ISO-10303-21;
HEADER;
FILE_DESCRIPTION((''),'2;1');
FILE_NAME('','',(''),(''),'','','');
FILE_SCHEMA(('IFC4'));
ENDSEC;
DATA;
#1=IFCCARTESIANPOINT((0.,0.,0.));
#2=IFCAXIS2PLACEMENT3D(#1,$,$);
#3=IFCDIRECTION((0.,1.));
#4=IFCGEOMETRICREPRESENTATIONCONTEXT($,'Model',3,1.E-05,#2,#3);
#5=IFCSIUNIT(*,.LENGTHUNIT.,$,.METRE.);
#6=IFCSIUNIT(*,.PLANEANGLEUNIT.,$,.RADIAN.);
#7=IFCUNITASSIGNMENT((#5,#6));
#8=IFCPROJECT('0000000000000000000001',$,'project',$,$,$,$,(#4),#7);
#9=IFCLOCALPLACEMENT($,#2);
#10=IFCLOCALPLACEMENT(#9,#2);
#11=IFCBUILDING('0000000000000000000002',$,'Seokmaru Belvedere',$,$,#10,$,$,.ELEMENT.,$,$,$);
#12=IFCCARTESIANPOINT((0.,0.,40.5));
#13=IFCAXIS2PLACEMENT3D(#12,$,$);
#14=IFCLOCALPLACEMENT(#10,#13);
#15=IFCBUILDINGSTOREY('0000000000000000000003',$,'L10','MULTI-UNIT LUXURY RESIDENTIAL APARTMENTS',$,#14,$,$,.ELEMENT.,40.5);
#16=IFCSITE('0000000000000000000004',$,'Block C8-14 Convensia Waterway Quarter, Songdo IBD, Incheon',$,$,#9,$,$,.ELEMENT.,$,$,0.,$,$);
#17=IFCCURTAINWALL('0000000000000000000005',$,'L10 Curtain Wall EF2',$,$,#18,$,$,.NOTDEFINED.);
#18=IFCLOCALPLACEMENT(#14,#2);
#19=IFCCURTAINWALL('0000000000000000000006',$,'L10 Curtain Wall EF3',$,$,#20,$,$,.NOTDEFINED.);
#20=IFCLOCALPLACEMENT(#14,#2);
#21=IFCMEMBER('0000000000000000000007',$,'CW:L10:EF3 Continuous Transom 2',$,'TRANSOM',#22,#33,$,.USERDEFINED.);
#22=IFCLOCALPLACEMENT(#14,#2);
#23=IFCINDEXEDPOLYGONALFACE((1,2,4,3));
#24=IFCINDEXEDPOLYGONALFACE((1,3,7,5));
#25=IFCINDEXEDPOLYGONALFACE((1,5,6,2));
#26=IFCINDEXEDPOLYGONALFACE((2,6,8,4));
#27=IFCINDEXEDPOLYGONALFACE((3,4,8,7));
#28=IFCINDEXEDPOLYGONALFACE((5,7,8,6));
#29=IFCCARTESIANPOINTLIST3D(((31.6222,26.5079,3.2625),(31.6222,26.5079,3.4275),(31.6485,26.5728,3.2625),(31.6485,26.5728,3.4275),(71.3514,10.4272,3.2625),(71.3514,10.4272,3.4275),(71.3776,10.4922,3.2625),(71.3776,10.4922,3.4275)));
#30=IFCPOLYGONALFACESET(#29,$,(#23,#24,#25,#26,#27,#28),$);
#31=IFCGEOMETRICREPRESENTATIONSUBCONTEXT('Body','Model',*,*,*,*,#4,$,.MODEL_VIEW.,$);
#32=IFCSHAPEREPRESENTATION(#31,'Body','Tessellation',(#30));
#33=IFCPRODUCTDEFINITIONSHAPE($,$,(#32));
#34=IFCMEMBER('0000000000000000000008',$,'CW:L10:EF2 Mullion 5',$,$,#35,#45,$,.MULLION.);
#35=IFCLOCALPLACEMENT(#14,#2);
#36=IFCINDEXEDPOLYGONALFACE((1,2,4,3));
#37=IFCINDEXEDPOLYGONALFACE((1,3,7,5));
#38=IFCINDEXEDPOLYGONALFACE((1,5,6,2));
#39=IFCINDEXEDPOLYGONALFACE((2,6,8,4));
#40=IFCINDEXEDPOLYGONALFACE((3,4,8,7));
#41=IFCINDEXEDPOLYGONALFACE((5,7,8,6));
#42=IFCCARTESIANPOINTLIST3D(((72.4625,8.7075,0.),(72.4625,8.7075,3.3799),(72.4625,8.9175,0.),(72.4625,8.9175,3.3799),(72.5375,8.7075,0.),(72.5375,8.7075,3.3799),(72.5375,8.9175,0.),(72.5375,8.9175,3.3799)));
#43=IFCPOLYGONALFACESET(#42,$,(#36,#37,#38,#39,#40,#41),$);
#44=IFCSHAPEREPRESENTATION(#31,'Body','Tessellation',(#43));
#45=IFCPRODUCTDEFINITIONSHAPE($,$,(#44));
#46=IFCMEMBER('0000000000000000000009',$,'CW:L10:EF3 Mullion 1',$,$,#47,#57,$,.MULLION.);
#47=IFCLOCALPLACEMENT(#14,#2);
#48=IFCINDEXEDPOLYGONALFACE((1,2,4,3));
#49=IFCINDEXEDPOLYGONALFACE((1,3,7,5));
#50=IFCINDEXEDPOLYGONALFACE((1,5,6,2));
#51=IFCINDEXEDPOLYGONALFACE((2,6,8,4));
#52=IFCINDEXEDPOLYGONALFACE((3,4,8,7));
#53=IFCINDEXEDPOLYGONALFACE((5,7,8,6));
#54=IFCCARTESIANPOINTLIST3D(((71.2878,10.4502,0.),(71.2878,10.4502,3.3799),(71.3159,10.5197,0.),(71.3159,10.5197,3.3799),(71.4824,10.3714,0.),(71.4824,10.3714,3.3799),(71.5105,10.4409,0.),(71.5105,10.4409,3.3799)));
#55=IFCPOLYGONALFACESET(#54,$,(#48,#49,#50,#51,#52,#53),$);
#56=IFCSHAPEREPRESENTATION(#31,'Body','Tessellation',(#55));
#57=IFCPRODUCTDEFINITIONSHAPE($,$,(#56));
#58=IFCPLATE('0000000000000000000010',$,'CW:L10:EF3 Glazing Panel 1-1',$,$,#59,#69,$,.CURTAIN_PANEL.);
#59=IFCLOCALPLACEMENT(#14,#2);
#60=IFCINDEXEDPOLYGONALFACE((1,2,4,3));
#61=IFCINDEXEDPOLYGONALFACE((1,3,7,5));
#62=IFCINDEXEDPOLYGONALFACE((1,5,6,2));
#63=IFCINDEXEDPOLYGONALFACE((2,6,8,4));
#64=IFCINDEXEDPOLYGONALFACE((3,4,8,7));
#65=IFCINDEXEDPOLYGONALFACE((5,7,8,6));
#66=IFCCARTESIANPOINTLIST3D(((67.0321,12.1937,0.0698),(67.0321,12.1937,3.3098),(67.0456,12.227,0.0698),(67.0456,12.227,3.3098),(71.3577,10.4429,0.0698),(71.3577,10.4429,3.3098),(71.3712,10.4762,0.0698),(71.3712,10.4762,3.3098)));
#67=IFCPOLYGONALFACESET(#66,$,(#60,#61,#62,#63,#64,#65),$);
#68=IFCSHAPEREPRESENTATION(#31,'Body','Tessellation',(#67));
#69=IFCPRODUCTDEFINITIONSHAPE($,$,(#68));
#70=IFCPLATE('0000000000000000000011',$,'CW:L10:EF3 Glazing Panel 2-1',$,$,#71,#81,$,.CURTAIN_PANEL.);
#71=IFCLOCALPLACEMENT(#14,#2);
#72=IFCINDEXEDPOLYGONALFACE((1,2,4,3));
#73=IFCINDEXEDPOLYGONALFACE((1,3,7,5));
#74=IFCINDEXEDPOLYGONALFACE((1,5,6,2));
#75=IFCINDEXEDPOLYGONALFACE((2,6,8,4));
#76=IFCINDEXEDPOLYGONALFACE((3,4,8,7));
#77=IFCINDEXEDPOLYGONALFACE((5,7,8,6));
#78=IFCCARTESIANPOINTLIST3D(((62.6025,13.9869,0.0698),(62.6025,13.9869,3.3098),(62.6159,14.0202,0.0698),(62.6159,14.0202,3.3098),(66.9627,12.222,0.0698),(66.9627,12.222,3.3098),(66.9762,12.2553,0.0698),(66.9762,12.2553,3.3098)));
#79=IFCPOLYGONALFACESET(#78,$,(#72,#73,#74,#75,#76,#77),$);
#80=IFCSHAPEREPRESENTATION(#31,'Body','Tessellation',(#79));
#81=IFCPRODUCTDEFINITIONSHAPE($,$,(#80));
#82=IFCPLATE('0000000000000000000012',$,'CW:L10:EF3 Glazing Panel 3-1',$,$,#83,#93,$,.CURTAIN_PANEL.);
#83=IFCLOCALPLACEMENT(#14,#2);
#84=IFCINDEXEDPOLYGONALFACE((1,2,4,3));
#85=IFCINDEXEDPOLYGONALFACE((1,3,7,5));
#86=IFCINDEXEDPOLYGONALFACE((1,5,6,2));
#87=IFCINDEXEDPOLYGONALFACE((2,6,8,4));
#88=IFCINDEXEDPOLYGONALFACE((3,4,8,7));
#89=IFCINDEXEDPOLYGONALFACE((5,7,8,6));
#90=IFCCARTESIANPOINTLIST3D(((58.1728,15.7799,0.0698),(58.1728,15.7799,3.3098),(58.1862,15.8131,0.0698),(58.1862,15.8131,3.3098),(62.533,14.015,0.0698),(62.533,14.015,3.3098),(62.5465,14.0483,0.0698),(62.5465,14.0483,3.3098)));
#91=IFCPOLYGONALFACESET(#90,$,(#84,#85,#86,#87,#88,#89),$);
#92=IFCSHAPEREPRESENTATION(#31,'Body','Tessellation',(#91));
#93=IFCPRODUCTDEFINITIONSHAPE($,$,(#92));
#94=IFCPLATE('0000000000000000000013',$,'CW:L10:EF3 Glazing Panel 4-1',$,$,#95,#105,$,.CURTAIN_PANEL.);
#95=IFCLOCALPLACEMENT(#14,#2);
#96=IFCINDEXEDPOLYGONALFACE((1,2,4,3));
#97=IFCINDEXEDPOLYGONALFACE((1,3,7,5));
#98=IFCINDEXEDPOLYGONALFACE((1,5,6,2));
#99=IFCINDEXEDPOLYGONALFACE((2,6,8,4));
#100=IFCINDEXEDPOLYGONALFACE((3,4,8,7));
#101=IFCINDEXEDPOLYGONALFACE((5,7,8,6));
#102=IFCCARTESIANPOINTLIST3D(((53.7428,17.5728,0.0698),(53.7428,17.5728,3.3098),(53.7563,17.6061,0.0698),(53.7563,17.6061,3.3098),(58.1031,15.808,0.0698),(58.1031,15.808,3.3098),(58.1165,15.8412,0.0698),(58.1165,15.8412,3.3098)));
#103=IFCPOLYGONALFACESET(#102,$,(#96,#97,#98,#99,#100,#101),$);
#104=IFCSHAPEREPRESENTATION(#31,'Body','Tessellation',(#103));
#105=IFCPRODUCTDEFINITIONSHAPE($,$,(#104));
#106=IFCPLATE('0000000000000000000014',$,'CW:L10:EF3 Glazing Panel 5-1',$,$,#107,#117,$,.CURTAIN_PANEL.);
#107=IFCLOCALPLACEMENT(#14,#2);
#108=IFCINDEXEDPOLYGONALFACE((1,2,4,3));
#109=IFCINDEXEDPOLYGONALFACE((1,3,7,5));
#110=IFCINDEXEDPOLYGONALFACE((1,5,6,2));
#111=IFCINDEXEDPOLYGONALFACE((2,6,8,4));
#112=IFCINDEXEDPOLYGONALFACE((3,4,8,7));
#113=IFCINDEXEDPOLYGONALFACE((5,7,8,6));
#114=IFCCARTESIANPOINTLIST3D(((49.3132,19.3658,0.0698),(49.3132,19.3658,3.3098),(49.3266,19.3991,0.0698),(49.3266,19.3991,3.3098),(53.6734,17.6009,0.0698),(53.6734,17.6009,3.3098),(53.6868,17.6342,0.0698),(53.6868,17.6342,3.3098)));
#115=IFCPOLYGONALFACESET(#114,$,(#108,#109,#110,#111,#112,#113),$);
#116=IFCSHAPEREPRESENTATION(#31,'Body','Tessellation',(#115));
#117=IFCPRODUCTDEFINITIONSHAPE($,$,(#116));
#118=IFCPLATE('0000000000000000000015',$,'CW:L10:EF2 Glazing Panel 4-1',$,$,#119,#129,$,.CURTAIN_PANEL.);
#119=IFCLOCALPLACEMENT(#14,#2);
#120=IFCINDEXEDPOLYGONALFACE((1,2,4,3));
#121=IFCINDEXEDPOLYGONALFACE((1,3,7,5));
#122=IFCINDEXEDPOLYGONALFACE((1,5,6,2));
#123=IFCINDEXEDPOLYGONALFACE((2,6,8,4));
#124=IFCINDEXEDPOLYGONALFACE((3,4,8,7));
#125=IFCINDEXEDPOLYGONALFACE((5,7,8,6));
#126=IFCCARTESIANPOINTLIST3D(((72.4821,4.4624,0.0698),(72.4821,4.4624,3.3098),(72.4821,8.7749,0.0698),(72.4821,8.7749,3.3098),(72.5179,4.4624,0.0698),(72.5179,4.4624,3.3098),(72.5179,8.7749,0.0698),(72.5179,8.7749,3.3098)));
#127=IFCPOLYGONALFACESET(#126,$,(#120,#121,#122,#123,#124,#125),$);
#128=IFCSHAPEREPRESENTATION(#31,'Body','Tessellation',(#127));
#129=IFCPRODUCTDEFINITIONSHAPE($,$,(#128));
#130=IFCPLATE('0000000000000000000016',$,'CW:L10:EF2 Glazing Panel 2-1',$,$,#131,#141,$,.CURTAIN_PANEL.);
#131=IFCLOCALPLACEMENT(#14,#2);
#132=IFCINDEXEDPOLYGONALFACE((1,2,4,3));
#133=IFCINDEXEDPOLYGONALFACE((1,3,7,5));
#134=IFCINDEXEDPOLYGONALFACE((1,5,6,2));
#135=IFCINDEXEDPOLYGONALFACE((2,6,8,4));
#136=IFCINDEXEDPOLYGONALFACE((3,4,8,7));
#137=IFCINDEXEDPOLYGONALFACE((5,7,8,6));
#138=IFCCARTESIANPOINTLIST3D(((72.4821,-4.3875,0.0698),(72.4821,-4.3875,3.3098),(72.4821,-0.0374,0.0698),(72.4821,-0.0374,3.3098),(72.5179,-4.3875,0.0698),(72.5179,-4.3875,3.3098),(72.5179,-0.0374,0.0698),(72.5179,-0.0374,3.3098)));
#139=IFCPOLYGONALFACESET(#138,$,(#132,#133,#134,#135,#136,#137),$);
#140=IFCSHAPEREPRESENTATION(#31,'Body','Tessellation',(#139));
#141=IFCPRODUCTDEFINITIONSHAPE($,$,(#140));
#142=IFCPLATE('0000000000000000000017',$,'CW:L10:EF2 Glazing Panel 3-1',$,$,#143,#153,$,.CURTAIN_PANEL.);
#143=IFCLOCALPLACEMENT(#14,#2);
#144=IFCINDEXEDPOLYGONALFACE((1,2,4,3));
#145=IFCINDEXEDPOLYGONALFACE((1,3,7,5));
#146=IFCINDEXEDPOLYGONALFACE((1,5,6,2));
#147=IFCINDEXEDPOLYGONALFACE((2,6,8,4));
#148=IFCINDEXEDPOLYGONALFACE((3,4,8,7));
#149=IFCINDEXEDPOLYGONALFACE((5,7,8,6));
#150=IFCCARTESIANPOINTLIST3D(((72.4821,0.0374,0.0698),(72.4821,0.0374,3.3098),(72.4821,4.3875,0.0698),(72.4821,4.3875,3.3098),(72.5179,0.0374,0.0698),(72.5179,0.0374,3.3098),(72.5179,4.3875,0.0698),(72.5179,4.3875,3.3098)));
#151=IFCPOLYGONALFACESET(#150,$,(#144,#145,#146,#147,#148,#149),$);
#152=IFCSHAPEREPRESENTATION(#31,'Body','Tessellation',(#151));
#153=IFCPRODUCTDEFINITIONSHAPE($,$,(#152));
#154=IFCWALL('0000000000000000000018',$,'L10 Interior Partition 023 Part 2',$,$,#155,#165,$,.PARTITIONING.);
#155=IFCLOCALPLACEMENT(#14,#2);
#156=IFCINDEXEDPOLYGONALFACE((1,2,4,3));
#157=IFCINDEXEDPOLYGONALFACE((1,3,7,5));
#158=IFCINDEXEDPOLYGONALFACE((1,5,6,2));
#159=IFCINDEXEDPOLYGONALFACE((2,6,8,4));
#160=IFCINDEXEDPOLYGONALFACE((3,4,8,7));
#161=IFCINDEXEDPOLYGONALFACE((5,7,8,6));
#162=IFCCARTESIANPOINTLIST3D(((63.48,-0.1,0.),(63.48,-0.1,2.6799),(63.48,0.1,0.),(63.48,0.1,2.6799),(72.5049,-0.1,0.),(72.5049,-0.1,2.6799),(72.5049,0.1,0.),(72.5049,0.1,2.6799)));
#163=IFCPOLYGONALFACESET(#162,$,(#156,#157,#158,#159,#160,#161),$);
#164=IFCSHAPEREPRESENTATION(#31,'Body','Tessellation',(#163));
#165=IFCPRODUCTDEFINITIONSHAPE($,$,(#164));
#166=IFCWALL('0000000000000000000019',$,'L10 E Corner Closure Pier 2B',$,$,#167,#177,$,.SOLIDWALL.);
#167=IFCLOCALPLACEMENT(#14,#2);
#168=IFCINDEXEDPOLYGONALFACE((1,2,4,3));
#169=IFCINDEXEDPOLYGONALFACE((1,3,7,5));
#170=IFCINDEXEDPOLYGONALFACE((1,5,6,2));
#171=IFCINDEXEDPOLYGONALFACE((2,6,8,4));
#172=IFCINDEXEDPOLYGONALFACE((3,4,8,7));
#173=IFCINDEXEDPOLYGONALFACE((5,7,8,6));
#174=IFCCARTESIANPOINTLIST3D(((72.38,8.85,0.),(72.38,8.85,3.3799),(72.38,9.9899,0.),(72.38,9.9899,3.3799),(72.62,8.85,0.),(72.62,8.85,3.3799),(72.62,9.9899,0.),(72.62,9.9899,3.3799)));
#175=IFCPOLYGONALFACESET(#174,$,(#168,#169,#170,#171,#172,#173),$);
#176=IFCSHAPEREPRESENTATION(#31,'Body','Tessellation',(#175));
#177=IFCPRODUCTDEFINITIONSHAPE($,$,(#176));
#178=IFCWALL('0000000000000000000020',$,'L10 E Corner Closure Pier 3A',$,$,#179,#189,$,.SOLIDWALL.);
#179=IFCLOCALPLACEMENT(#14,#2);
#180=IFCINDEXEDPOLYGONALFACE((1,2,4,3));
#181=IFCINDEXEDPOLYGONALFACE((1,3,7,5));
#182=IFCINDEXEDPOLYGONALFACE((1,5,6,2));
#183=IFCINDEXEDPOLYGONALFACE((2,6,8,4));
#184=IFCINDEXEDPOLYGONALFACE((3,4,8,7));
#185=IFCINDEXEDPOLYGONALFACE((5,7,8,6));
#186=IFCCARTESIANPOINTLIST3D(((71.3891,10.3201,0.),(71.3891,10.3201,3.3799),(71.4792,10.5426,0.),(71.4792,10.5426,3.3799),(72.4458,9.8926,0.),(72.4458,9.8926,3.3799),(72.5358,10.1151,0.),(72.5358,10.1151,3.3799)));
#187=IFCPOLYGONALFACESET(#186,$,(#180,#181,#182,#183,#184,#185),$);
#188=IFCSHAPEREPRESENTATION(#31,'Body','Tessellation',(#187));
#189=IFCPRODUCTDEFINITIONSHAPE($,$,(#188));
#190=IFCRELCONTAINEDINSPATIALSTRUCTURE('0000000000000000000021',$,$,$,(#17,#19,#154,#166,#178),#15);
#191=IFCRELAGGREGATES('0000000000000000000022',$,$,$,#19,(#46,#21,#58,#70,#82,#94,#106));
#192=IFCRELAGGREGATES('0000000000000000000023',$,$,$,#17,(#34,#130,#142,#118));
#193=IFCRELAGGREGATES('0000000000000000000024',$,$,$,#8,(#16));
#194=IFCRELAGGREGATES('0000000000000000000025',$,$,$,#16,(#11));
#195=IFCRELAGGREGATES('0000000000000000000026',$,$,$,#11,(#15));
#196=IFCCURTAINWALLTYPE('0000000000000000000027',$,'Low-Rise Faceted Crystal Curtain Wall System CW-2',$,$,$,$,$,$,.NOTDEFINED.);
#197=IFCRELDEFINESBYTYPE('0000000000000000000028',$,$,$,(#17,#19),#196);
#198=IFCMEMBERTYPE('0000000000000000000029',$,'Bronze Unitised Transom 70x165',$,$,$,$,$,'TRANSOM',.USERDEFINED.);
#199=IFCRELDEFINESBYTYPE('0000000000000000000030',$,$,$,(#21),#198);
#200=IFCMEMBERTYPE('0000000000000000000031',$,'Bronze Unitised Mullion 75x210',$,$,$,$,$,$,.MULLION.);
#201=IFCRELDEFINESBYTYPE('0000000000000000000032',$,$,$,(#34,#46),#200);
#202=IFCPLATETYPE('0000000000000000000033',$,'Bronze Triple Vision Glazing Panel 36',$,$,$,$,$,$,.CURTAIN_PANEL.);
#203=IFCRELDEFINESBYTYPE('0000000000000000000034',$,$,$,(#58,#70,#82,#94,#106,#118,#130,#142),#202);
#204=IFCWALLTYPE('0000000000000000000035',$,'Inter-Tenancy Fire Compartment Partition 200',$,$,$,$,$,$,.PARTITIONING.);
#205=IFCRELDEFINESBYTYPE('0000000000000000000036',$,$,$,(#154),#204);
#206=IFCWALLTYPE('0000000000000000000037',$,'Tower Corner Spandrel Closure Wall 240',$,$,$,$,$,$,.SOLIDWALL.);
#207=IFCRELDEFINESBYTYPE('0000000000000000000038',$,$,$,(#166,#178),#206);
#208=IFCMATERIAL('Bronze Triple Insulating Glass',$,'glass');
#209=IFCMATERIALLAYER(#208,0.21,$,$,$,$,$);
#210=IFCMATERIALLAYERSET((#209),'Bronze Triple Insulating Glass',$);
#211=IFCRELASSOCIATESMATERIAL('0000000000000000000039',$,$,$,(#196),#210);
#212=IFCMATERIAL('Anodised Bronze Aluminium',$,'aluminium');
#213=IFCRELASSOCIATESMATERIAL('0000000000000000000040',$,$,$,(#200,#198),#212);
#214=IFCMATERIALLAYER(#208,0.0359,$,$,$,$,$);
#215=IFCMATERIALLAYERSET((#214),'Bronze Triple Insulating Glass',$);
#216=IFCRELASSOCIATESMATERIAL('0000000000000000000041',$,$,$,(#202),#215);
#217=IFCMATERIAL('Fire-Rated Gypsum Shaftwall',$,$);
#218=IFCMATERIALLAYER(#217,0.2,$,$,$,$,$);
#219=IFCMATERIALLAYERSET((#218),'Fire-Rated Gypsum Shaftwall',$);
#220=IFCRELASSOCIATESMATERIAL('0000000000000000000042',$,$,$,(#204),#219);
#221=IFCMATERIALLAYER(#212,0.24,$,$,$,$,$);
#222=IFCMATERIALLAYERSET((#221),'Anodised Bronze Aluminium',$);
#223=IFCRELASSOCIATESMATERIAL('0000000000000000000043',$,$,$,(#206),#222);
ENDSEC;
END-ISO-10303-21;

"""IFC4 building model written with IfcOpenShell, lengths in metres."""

from ifc_helpers import new_model, si_unit, direction, frame, frame_2d, origin, origin_2d, place, context, subcontext, project, spatial, rectangle, extrude, source, transform, mapped, material, layer, layer_set, material_profile, profile_set, type_object, type_shapes, element, aggregate, save


model = new_model("IFC4")

# Units and contexts
model_context = context("Model", 3, precision=1e-05, world=origin(), true_north=direction((0.0, 1.0)))
body_context = subcontext(model_context, "Body", "Model", "MODEL_VIEW")
ifc_project = project(units=[si_unit("LENGTHUNIT", "METRE"), si_unit("PLANEANGLEUNIT", "RADIAN")], contexts=[model_context])

# Site, building, storey
site_placement = place(None, origin())
site = spatial("IfcSite", under=ifc_project, at=site_placement, Name="Block C8-14 Convensia Waterway Quarter, Songdo IBD, Incheon", CompositionType="ELEMENT", RefElevation=0.0)
building_placement = place(site_placement, origin())
building = spatial("IfcBuilding", under=site, at=building_placement, Name="Seokmaru Belvedere", CompositionType="ELEMENT")
storey_placement = place(building_placement, frame((0.0, 0.0, 40.5)))
storey = spatial("IfcBuildingStorey", under=building, at=storey_placement, Name="L10", Description="MULTI-UNIT LUXURY RESIDENTIAL APARTMENTS", CompositionType="ELEMENT", Elevation=40.5)

# Curtain walls, member
ifc_material_1 = material(Name="Bronze Triple Insulating Glass", Category="glass")
ifc_layer_1 = layer(ifc_material_1, 0.21)
ifc_layer_set_1 = layer_set([ifc_layer_1], Name="Bronze Triple Insulating Glass")
curtain_wall_type = type_object("IfcCurtainWallType", Name="Low-Rise Faceted Crystal Curtain Wall System CW-2", PredefinedType="NOTDEFINED", material=ifc_layer_set_1)
curtain_wall_1_placement = place(storey_placement, origin())
curtain_wall_1 = element("IfcCurtainWall", 1, at=curtain_wall_1_placement, inside=storey, type_object=curtain_wall_type, Name="L10 Curtain Wall EF2", PredefinedType="NOTDEFINED")
ifc_material_2 = material(Name="Anodised Bronze Aluminium", Category="aluminium")
ifc_material_profile_1 = material_profile(ifc_material_2, rectangle(XDim=0.075, YDim=0.21, at=origin_2d()), Name="CW-M-75x210")
ifc_profile_set_1 = profile_set([ifc_material_profile_1], Name="Anodised Bronze Aluminium")
member_type_1 = type_object("IfcMemberType", Name="Bronze Unitised Mullion 75x210", PredefinedType="MULLION", material=ifc_profile_set_1)
curtain_wall_2_placement = place(storey_placement, origin())
curtain_wall_2 = element("IfcCurtainWall", 2, at=curtain_wall_2_placement, inside=storey, type_object=curtain_wall_type, Name="L10 Curtain Wall EF3", PredefinedType="NOTDEFINED")
ifc_material_profile_2 = material_profile(ifc_material_2, rectangle(XDim=0.0701, YDim=0.165, at=origin_2d()), Name="CW-T-70x165")
ifc_profile_set_2 = profile_set([ifc_material_profile_2], Name="Anodised Bronze Aluminium")
member_type_2 = type_object("IfcMemberType", Name="Bronze Unitised Transom 70x165", ElementType="TRANSOM", PredefinedType="USERDEFINED", material=ifc_profile_set_2)
shared_shape_1 = source(origin(), body_context, "Body", "SweptSolid", [
    extrude(rectangle(XDim=0.0701, YDim=0.165, at=origin_2d()), origin(), (0.0, 0.0, 1.0), 42.8601),
])
type_shapes(member_type_2, [shared_shape_1])
member_1_placement = place(storey_placement, frame((71.3645, 10.4597, 3.345), z_axis=(-0.926949, 0.375188, 0.0), x_axis=(-0.375188, -0.926949, 0.0)))
member_1 = element("IfcMember", 3, at=member_1_placement, type_object=member_type_2, Name="CW:L10:EF3 Continuous Transom 2", ObjectType="TRANSOM", PredefinedType="USERDEFINED", context=body_context, shape_type="MappedRepresentation", body=[
    mapped(shared_shape_1, transform((0.0, 0.0, 0.0), scale=1.0)),
])

# Members
shared_shape_2 = source(origin(), body_context, "Body", "SweptSolid", [
    extrude(rectangle(XDim=0.075, YDim=0.21, at=origin_2d()), origin(), (0.0, 0.0, 1.0), 3.3799),
])
member_2_placement = place(storey_placement, frame((72.5, 8.8125, 0.0), z_axis=(0.0, 0.0, 1.0), x_axis=(-1.0, 0.0, 0.0)))
member_2 = element("IfcMember", 4, at=member_2_placement, type_object=member_type_1, Name="CW:L10:EF2 Mullion 5", PredefinedType="MULLION", context=body_context, shape_type="MappedRepresentation", body=[
    mapped(shared_shape_2, transform((0.0, 0.0, 0.0), scale=1.0)),
])
member_3_placement = place(storey_placement, frame((71.3992, 10.4456, 0.0), z_axis=(0.0, 0.0, 1.0), x_axis=(-0.375192, -0.926947, 0.0)))
member_3 = element("IfcMember", 5, at=member_3_placement, type_object=member_type_1, Name="CW:L10:EF3 Mullion 1", PredefinedType="MULLION", context=body_context, shape_type="MappedRepresentation", body=[
    mapped(shared_shape_2, transform((0.0, 0.0, 0.0), scale=1.0)),
])

# Plates
ifc_layer_2 = layer(ifc_material_1, 0.0359)
ifc_layer_set_2 = layer_set([ifc_layer_2], Name="Bronze Triple Insulating Glass")
plate_type = type_object("IfcPlateType", Name="Bronze Triple Vision Glazing Panel 36", PredefinedType="CURTAIN_PANEL", material=ifc_layer_set_2)
shared_shape_3 = source(origin(), body_context, "Body", "SweptSolid", [
    extrude(rectangle(XDim=4.6665, YDim=0.0359, at=origin_2d()), origin(), (0.0, 0.0, 1.0), 3.24),
])
plate_1_placement = place(storey_placement, frame((69.2017, 11.335, 0.0698), z_axis=(0.0, 0.0, 1.0), x_axis=(-0.926947, 0.375192, 0.0)))
plate_1 = element("IfcPlate", 6, at=plate_1_placement, type_object=plate_type, Name="CW:L10:EF3 Glazing Panel 1-1", PredefinedType="CURTAIN_PANEL", context=body_context, shape_type="MappedRepresentation", body=[
    mapped(shared_shape_3, transform((0.0, 0.0, 0.0), scale=1.0)),
])
shared_shape_4 = source(origin(), body_context, "Body", "SweptSolid", [
    extrude(rectangle(XDim=4.7039, YDim=0.0359, at=origin_2d()), origin(), (0.0, 0.0, 1.0), 3.24),
])
plate_2_placement = place(storey_placement, frame((64.7893, 13.1211, 0.0698), z_axis=(0.0, 0.0, 1.0), x_axis=(-0.926947, 0.375192, 0.0)))
plate_2 = element("IfcPlate", 7, at=plate_2_placement, type_object=plate_type, Name="CW:L10:EF3 Glazing Panel 2-1", PredefinedType="CURTAIN_PANEL", context=body_context, shape_type="MappedRepresentation", body=[
    mapped(shared_shape_4, transform((0.0, 0.0, 0.0), scale=1.0)),
])
plate_3_placement = place(storey_placement, frame((60.3596, 14.9141, 0.0698), z_axis=(0.0, 0.0, 1.0), x_axis=(-0.926947, 0.375192, 0.0)))
plate_3 = element("IfcPlate", 8, at=plate_3_placement, type_object=plate_type, Name="CW:L10:EF3 Glazing Panel 3-1", PredefinedType="CURTAIN_PANEL", context=body_context, shape_type="MappedRepresentation", body=[
    mapped(shared_shape_4, transform((0.0, 0.0, 0.0), scale=1.0)),
])
plate_4_placement = place(storey_placement, frame((55.9297, 16.707, 0.0698), z_axis=(0.0, 0.0, 1.0), x_axis=(-0.926947, 0.375192, 0.0)))
plate_4 = element("IfcPlate", 9, at=plate_4_placement, type_object=plate_type, Name="CW:L10:EF3 Glazing Panel 4-1", PredefinedType="CURTAIN_PANEL", context=body_context, shape_type="MappedRepresentation", body=[
    mapped(shared_shape_4, transform((0.0, 0.0, 0.0), scale=1.0)),
])
plate_5_placement = place(storey_placement, frame((51.5, 18.5, 0.0698), z_axis=(0.0, 0.0, 1.0), x_axis=(-0.926947, 0.375192, 0.0)))
plate_5 = element("IfcPlate", 10, at=plate_5_placement, type_object=plate_type, Name="CW:L10:EF3 Glazing Panel 5-1", PredefinedType="CURTAIN_PANEL", context=body_context, shape_type="MappedRepresentation", body=[
    mapped(shared_shape_4, transform((0.0, 0.0, 0.0), scale=1.0)),
])
aggregate(curtain_wall_2, [member_3, member_1, plate_1, plate_2, plate_3, plate_4, plate_5])
shared_shape_5 = source(origin(), body_context, "Body", "SweptSolid", [
    extrude(rectangle(XDim=4.3125, YDim=0.0359, at=origin_2d()), origin(), (0.0, 0.0, 1.0), 3.24),
])
plate_6_placement = place(storey_placement, frame((72.5, 6.6187, 0.0698), z_axis=(0.0, 0.0, 1.0), x_axis=(0.0, 1.0, 0.0)))
plate_6 = element("IfcPlate", 11, at=plate_6_placement, type_object=plate_type, Name="CW:L10:EF2 Glazing Panel 4-1", PredefinedType="CURTAIN_PANEL", context=body_context, shape_type="MappedRepresentation", body=[
    mapped(shared_shape_5, transform((0.0, 0.0, 0.0), scale=1.0)),
])
shared_shape_6 = source(origin(), body_context, "Body", "SweptSolid", [
    extrude(rectangle(XDim=4.3501, YDim=0.0359, at=origin_2d()), origin(), (0.0, 0.0, 1.0), 3.24),
])
type_shapes(plate_type, [shared_shape_3, shared_shape_4, shared_shape_5, shared_shape_6])
plate_7_placement = place(storey_placement, frame((72.5, -2.2124, 0.0698), z_axis=(0.0, 0.0, 1.0), x_axis=(0.0, 1.0, 0.0)))
plate_7 = element("IfcPlate", 12, at=plate_7_placement, type_object=plate_type, Name="CW:L10:EF2 Glazing Panel 2-1", PredefinedType="CURTAIN_PANEL", context=body_context, shape_type="MappedRepresentation", body=[
    mapped(shared_shape_6, transform((0.0, 0.0, 0.0), scale=1.0)),
])
plate_8_placement = place(storey_placement, frame((72.5, 2.2124, 0.0698), z_axis=(0.0, 0.0, 1.0), x_axis=(0.0, 1.0, 0.0)))
plate_8 = element("IfcPlate", 13, at=plate_8_placement, type_object=plate_type, Name="CW:L10:EF2 Glazing Panel 3-1", PredefinedType="CURTAIN_PANEL", context=body_context, shape_type="MappedRepresentation", body=[
    mapped(shared_shape_6, transform((0.0, 0.0, 0.0), scale=1.0)),
])
aggregate(curtain_wall_1, [member_2, plate_7, plate_8, plate_6])

# Walls
ifc_material_3 = material(Name="Fire-Rated Gypsum Shaftwall")
ifc_layer_3 = layer(ifc_material_3, 0.2)
ifc_layer_set_3 = layer_set([ifc_layer_3], Name="Fire-Rated Gypsum Shaftwall")
wall_type_1 = type_object("IfcWallType", Name="Inter-Tenancy Fire Compartment Partition 200", PredefinedType="PARTITIONING", material=ifc_layer_set_3)
wall_placement = place(storey_placement, frame((63.48, 0.0, 0.0), z_axis=(0.0, 0.0, 1.0), x_axis=(1.0, 0.0, 0.0)))
element("IfcWall", 14, at=wall_placement, inside=storey, type_object=wall_type_1, Name="L10 Interior Partition 023 Part 2", PredefinedType="PARTITIONING", context=body_context, shape_type="SweptSolid", body=[
    extrude(rectangle(XDim=9.0249, YDim=0.2, at=frame_2d((4.5125, 0.0))), origin(), (0.0, 0.0, 1.0), 2.6799),
])
ifc_layer_4 = layer(ifc_material_2, 0.24)
ifc_layer_set_4 = layer_set([ifc_layer_4], Name="Anodised Bronze Aluminium")
wall_type_2 = type_object("IfcWallType", Name="Tower Corner Spandrel Closure Wall 240", PredefinedType="SOLIDWALL", material=ifc_layer_set_4)
for number, where, z_axis, x_axis, name in (
    (15, (72.5, 8.8501, 0.0), (0.0, 0.0, 1.0), (0.0, 1.0, 0.0), "L10 E Corner Closure Pier 2B"),
    (16, (72.4907, 10.0039, 0.0), (0.0, 0.0, 1.0), (-0.927007, 0.375044, 0.0), "L10 E Corner Closure Pier 3A"),
):
    element("IfcWall", number, at=place(storey_placement, frame(where, z_axis=z_axis, x_axis=x_axis)), inside=storey, type_object=wall_type_2, Name=name, PredefinedType="SOLIDWALL", context=body_context, shape_type="SweptSolid", body=[
        extrude(rectangle(XDim=1.1399, YDim=0.24, at=frame_2d((0.5698, 0.0))), origin(), (0.0, 0.0, 1.0), 3.3799),
    ])

save(model, "model.ifc")
